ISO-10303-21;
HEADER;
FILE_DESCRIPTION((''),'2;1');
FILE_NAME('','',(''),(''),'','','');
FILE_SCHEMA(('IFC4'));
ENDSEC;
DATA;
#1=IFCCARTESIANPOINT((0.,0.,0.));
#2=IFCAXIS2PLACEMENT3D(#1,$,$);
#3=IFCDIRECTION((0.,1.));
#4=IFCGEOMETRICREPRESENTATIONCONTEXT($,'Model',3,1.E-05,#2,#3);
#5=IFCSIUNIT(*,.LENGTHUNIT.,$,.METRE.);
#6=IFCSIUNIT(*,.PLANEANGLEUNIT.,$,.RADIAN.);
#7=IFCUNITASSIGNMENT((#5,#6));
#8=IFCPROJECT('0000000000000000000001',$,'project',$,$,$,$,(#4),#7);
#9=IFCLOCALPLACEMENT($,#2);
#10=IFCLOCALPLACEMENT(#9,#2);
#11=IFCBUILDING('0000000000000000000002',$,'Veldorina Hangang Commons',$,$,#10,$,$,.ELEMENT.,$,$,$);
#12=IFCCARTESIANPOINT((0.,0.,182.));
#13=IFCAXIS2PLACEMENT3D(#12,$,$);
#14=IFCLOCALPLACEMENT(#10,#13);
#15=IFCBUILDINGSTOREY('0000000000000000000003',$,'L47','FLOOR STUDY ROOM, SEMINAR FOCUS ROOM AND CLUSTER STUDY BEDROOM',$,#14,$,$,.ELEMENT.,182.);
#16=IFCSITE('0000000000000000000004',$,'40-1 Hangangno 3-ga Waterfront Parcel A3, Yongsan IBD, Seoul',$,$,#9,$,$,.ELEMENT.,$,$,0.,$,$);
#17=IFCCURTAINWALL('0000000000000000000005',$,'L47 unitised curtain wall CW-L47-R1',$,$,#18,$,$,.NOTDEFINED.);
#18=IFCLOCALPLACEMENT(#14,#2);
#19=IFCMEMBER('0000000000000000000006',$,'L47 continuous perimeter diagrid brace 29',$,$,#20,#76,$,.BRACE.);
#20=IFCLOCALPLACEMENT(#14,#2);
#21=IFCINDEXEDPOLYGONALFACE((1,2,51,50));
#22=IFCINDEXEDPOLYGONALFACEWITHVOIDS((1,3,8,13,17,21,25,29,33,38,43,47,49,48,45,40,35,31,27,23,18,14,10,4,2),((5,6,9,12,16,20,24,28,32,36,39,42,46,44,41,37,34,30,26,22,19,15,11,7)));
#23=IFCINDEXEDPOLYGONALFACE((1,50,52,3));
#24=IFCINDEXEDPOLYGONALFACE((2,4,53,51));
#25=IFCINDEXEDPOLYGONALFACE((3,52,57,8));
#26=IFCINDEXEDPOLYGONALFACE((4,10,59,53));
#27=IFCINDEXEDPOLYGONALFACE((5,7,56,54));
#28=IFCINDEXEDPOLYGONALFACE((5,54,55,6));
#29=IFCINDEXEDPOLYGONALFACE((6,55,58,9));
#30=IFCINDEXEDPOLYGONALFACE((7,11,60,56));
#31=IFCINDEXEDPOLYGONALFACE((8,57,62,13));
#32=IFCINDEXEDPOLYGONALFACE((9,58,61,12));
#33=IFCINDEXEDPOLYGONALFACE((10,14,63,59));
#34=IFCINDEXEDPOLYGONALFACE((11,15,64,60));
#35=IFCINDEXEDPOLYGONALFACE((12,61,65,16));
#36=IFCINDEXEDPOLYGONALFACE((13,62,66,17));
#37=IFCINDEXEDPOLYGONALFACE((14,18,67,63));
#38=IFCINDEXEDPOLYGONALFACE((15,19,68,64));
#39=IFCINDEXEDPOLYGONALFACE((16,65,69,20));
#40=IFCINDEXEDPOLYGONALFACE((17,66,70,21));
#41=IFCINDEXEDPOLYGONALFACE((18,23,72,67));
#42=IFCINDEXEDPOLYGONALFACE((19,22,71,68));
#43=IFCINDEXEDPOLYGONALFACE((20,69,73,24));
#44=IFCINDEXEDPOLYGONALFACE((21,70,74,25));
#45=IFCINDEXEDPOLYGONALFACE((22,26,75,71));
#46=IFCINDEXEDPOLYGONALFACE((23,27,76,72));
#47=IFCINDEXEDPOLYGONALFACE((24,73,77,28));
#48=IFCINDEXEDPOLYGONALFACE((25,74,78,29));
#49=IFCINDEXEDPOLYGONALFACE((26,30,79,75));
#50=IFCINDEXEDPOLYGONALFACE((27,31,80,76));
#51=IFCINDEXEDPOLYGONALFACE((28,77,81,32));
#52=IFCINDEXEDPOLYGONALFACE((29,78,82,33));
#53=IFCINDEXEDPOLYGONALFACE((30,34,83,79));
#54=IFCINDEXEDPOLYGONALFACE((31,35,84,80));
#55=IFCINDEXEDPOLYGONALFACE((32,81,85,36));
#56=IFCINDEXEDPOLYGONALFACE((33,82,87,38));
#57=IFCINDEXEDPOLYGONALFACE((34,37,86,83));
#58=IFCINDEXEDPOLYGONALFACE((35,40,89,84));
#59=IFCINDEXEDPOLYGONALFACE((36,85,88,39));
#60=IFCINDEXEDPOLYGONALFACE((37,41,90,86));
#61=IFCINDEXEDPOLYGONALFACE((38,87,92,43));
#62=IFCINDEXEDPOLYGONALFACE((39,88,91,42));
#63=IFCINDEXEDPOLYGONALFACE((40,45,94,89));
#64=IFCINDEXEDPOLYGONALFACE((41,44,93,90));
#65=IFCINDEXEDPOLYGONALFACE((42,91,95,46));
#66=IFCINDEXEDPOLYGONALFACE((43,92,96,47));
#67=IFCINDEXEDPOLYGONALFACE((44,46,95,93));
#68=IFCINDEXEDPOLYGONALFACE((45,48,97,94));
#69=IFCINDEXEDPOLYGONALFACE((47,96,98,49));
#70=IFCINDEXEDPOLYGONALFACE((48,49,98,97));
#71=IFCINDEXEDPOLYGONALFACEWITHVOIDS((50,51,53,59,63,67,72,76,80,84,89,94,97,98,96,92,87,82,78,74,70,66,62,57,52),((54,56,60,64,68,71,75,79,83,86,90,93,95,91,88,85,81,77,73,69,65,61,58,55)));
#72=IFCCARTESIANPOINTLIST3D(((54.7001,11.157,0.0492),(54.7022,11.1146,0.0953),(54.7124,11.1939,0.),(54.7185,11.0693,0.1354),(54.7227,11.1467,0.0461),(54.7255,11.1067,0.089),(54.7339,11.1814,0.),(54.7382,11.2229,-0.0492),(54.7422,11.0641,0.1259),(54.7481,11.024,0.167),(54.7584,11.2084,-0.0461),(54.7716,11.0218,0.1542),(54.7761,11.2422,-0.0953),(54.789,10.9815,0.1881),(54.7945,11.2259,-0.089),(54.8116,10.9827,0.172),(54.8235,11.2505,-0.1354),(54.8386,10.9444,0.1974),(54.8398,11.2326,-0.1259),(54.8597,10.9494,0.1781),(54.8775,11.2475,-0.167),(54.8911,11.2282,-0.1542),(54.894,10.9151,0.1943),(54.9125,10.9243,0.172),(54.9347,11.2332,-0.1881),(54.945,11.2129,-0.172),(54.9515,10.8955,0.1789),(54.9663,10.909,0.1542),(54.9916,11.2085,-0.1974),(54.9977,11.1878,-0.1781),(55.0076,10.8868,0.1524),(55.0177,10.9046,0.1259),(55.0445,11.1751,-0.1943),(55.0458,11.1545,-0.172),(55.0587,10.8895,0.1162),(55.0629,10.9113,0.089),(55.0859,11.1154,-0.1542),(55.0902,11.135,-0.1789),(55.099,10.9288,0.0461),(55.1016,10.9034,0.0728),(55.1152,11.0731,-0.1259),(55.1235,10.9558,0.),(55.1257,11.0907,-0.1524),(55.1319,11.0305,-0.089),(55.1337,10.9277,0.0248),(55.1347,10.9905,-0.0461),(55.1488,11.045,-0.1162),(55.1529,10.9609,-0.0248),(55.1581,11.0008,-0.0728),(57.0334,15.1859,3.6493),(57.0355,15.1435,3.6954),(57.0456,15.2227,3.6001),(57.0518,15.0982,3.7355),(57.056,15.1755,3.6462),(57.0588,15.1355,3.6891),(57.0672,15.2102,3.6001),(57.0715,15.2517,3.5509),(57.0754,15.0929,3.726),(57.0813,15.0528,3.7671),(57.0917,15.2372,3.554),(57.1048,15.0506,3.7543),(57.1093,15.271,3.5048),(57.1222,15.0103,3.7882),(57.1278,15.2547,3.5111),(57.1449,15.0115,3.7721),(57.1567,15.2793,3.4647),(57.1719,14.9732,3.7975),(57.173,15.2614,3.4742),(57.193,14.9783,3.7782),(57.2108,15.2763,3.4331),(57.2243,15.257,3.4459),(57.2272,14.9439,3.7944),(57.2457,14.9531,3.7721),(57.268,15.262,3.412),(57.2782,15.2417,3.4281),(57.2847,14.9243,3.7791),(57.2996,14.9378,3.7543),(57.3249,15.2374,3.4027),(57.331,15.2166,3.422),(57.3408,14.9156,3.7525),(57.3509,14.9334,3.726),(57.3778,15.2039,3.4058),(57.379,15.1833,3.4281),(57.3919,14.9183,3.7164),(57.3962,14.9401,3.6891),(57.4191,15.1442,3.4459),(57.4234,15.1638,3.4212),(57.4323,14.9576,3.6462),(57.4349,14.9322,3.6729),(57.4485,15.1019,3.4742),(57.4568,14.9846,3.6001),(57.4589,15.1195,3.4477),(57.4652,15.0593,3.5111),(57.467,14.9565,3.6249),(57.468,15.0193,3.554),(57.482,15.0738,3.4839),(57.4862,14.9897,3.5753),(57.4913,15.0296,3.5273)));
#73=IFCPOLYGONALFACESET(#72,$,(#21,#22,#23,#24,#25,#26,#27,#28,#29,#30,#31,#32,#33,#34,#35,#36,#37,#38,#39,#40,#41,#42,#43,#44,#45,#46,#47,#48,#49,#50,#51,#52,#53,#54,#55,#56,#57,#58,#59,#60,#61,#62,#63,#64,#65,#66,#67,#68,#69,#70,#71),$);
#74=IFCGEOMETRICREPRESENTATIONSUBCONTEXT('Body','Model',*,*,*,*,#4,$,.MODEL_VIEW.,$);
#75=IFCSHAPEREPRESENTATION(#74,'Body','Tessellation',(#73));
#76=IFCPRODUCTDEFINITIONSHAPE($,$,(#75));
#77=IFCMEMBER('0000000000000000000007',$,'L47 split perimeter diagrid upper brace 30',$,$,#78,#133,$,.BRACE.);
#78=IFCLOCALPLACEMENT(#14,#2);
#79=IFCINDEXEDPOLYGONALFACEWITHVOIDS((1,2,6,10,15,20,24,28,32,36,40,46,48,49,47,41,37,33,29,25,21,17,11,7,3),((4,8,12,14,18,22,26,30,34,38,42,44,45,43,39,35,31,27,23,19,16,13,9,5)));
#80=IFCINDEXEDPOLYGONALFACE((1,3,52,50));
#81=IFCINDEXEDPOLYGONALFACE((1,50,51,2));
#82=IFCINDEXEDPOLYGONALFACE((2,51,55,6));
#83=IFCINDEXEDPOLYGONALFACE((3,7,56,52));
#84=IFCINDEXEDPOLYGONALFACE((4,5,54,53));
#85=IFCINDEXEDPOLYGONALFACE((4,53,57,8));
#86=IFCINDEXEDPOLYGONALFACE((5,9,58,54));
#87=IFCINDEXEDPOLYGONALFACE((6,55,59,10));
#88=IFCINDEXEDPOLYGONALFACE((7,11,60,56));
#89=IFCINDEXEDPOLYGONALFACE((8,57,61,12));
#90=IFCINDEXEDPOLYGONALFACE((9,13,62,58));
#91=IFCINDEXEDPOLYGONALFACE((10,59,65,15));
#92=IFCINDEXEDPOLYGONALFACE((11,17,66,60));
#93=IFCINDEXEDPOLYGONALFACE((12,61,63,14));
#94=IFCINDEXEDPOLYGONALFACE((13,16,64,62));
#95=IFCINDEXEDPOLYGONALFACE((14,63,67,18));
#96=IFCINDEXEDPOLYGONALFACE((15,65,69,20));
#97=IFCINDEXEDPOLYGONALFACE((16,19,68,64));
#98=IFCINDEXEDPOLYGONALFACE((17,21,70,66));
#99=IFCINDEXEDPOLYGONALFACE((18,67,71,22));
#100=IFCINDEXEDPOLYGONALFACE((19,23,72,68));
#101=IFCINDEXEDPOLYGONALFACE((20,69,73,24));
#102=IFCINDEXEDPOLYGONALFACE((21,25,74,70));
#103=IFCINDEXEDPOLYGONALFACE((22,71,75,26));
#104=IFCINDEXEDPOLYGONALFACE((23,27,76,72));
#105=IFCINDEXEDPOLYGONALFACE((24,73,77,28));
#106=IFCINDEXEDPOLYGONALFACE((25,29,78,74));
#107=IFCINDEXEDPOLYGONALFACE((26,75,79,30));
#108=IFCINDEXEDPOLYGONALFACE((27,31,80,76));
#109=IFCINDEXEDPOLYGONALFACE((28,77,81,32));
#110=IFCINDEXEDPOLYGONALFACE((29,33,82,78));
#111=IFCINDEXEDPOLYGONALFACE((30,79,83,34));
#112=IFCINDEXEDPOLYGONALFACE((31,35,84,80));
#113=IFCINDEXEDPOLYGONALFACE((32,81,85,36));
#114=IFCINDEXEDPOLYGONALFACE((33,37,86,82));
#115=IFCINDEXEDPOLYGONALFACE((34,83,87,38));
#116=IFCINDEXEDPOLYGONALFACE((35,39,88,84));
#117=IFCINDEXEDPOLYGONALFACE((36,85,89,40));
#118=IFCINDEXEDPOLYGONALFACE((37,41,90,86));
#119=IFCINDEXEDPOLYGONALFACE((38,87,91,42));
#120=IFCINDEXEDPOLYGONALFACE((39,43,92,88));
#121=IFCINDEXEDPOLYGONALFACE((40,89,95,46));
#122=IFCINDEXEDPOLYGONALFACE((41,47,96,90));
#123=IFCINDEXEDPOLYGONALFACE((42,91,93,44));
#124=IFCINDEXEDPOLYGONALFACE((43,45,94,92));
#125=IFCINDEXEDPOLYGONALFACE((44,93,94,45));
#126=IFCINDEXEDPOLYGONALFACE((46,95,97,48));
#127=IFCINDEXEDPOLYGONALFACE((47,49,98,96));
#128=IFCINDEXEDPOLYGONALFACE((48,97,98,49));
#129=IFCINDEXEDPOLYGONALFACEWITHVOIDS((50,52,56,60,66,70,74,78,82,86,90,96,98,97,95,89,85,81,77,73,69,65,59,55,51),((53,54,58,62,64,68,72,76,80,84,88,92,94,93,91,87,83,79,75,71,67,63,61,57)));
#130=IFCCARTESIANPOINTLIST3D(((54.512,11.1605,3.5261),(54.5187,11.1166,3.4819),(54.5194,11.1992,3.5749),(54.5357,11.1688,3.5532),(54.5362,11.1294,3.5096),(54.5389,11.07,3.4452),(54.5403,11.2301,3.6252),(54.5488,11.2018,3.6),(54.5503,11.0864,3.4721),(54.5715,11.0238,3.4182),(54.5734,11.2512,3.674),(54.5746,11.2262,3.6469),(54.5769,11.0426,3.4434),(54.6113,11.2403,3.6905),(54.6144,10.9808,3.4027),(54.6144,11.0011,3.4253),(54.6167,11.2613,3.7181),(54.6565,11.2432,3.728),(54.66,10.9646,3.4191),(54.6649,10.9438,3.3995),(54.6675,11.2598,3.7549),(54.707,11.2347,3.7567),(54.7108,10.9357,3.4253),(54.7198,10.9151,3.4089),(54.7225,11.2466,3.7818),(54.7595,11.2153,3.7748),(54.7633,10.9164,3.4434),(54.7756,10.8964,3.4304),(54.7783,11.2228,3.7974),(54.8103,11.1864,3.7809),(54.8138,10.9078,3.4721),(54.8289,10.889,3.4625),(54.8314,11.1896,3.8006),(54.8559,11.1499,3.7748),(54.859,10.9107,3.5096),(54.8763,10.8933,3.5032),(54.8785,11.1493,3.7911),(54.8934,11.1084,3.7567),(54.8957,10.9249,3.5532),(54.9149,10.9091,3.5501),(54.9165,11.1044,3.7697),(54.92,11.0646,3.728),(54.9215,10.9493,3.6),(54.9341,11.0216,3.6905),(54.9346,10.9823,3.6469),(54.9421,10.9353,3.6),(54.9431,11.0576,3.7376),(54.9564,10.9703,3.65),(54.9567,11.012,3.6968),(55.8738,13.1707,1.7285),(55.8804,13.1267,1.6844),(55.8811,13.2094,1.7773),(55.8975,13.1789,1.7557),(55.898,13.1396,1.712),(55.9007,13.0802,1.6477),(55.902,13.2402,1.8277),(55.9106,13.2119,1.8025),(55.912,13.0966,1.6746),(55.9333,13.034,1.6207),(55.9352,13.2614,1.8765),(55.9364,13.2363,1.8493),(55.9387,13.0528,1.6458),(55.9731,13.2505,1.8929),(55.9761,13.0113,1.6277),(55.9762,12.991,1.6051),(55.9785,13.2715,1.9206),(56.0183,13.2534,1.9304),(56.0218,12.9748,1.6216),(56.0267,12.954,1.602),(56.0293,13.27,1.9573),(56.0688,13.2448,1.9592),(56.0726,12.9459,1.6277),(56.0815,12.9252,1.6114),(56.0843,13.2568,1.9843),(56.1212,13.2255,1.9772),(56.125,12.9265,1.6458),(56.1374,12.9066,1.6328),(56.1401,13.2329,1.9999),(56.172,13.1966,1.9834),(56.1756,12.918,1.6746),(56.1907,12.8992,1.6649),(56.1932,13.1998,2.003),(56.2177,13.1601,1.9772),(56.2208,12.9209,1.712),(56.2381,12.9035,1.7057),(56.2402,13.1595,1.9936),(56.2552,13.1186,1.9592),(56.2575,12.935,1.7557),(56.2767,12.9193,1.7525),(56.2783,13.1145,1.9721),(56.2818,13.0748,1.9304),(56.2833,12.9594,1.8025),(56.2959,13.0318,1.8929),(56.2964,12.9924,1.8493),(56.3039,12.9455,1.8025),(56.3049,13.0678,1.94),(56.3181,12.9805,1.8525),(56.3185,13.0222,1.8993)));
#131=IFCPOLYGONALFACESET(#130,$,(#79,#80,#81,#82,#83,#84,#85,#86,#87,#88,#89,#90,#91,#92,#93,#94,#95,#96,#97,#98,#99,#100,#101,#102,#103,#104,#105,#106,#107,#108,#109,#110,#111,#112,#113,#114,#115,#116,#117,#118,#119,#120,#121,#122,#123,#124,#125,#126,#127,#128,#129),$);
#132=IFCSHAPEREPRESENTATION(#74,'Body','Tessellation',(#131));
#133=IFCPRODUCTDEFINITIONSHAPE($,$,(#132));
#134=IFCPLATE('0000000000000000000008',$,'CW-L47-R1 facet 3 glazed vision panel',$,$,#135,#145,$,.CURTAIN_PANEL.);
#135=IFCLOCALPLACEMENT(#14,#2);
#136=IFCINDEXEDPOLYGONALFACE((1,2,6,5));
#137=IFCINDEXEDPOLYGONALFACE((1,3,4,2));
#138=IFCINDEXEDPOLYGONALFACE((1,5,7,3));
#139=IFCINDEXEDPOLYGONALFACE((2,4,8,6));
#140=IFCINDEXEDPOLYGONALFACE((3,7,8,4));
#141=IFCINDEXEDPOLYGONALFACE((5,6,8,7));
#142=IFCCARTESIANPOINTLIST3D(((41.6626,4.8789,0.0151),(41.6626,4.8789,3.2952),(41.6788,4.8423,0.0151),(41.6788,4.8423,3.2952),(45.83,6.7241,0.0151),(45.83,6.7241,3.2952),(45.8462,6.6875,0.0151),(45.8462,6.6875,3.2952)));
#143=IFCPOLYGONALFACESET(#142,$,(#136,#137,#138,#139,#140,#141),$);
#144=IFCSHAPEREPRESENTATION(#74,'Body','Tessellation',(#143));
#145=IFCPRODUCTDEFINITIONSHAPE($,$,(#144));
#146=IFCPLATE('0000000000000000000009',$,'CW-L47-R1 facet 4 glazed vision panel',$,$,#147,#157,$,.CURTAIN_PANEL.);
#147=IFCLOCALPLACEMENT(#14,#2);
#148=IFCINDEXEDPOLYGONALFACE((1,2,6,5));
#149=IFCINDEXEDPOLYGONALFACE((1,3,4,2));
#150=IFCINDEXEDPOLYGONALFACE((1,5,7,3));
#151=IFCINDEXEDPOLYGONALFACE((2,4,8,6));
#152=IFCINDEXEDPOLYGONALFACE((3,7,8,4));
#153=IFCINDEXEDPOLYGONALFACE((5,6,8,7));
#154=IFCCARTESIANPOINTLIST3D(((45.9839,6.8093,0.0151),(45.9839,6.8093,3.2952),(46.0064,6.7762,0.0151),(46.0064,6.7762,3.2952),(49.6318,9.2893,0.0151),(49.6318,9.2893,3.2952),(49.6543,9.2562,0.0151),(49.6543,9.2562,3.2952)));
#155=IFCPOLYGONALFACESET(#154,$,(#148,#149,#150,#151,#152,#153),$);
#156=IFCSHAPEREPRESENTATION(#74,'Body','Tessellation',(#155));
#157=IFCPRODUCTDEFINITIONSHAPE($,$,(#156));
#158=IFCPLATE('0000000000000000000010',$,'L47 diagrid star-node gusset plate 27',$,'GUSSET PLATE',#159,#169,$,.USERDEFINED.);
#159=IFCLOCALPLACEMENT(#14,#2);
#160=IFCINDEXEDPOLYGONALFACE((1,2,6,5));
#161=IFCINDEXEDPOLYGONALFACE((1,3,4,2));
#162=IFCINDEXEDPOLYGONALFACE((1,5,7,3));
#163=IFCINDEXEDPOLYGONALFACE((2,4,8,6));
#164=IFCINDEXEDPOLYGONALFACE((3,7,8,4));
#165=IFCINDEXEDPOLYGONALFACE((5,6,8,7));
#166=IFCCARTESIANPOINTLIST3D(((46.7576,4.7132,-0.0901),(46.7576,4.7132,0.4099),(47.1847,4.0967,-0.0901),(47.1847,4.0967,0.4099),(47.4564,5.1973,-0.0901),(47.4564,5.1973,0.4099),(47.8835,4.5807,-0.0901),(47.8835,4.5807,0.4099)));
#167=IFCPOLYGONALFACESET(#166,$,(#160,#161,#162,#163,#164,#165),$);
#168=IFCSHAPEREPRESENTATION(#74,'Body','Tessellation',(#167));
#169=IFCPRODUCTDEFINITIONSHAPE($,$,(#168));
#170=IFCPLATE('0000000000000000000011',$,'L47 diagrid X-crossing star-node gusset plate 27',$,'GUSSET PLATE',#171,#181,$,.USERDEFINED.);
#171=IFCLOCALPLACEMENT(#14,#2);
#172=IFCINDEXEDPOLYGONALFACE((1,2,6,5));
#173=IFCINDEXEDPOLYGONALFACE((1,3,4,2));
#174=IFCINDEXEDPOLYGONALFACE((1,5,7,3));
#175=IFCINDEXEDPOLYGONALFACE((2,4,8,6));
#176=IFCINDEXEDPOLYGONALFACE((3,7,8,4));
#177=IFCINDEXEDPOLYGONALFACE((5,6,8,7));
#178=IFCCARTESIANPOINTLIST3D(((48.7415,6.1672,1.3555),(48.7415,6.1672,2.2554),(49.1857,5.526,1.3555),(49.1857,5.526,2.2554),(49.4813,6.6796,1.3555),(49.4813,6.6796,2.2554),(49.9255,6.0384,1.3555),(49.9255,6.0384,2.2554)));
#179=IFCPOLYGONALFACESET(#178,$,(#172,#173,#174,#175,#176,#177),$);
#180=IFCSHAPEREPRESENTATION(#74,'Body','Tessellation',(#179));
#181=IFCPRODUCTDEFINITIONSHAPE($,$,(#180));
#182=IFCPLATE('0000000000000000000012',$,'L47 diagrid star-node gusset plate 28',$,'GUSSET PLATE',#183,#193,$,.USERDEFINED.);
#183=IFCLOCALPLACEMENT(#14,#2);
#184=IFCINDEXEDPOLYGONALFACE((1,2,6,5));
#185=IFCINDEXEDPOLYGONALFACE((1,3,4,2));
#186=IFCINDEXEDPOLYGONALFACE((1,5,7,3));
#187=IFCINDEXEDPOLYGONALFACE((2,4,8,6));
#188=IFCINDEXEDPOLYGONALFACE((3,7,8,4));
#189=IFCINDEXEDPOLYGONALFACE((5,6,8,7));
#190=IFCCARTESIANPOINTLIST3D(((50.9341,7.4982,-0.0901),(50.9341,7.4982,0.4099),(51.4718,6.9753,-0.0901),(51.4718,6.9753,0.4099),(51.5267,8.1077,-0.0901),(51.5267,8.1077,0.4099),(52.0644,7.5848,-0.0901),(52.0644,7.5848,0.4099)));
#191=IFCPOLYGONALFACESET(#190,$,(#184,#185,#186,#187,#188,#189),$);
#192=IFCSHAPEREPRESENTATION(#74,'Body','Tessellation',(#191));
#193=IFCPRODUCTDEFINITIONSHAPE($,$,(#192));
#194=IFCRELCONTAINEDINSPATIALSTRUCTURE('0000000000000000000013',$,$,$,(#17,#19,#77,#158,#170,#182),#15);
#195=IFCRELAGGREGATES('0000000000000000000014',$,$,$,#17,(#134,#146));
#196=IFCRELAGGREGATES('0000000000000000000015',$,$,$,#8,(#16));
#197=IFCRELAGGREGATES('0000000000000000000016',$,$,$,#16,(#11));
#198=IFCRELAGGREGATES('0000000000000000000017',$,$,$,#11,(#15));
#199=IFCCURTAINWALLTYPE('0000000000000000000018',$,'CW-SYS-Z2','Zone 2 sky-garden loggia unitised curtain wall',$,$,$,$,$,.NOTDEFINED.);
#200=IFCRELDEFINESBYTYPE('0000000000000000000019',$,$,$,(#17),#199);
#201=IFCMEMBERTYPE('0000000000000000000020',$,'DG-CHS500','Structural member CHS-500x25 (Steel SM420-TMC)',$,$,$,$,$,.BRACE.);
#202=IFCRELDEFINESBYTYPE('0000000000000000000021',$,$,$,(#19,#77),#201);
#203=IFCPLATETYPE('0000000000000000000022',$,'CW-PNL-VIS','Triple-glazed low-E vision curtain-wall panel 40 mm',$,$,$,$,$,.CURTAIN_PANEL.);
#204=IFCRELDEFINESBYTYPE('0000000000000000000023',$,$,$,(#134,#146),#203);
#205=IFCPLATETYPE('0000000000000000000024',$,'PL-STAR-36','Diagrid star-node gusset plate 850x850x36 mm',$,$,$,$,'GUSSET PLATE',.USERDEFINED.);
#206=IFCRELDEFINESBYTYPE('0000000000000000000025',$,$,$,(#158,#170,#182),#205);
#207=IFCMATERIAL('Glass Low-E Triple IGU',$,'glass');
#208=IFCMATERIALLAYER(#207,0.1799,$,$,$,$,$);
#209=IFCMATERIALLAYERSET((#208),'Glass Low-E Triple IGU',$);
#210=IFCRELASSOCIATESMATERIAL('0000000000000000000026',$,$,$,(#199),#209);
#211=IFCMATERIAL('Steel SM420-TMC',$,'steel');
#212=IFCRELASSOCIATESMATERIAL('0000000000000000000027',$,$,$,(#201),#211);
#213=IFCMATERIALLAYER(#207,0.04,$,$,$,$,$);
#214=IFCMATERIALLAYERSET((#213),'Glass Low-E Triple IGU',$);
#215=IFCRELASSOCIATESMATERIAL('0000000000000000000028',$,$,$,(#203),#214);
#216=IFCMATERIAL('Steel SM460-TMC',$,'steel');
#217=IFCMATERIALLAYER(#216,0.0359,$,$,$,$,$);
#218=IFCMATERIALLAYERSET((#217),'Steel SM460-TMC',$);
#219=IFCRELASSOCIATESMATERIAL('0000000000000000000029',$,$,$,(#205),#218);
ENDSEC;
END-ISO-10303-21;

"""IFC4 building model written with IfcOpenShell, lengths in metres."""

from ifc_helpers import new_model, si_unit, direction, frame, origin, origin_2d, place, context, subcontext, project, spatial, rectangle, hollow_circle, extrude, material, layer, layer_set, material_profile, profile_set, type_object, element, aggregate, save


model = new_model("IFC4")

# Units and contexts
model_context = context("Model", 3, precision=1e-05, world=origin(), true_north=direction((0.0, 1.0)))
body_context = subcontext(model_context, "Body", "Model", "MODEL_VIEW")
ifc_project = project(units=[si_unit("LENGTHUNIT", "METRE"), si_unit("PLANEANGLEUNIT", "RADIAN")], contexts=[model_context])

# Site, building, storey
site_placement = place(None, origin())
site = spatial("IfcSite", under=ifc_project, at=site_placement, Name="40-1 Hangangno 3-ga Waterfront Parcel A3, Yongsan IBD, Seoul", CompositionType="ELEMENT", RefElevation=0.0)
building_placement = place(site_placement, origin())
building = spatial("IfcBuilding", under=site, at=building_placement, Name="Veldorina Hangang Commons", CompositionType="ELEMENT")
storey_placement = place(building_placement, frame((0.0, 0.0, 182.0)))
storey = spatial("IfcBuildingStorey", under=building, at=storey_placement, Name="L47", Description="FLOOR STUDY ROOM, SEMINAR FOCUS ROOM AND CLUSTER STUDY BEDROOM", CompositionType="ELEMENT", Elevation=182.0)

# Shared definitions
ifc_material_1 = material(Name="Steel SM420-TMC", Category="steel")

# Curtain wall
ifc_material_2 = material(Name="Glass Low-E Triple IGU", Category="glass")
ifc_layer_1 = layer(ifc_material_2, 0.1799)
ifc_layer_set_1 = layer_set([ifc_layer_1], Name="Glass Low-E Triple IGU")
curtain_wall_type = type_object("IfcCurtainWallType", Name="CW-SYS-Z2", Description="Zone 2 sky-garden loggia unitised curtain wall", PredefinedType="NOTDEFINED", material=ifc_layer_set_1)
curtain_wall_1_placement = place(storey_placement, origin())
curtain_wall_1 = element("IfcCurtainWall", 1, at=curtain_wall_1_placement, inside=storey, type_object=curtain_wall_type, Name="L47 unitised curtain wall CW-L47-R1", PredefinedType="NOTDEFINED")

# Members
ifc_material_profile_1 = material_profile(ifc_material_1, hollow_circle(Radius=0.25, WallThickness=0.0249, at=origin_2d()), Name="CHS-500x25")
ifc_profile_set_1 = profile_set([ifc_material_profile_1], Name="Steel SM420-TMC")
member_type_1 = type_object("IfcMemberType", Name="DG-CHS500", Description="Structural member CHS-500x25 (Steel SM420-TMC)", PredefinedType="BRACE", material=ifc_profile_set_1)
member_1_placement = place(storey_placement, frame((54.9287, 11.0686, 0.0), z_axis=(0.396458, 0.684561, 0.611716), x_axis=(-0.865353, 0.501162, 0.0)))
element("IfcMember", 2, at=member_1_placement, inside=storey, type_object=member_type_1, Name="L47 continuous perimeter diagrid brace 29", PredefinedType="BRACE", context=body_context, shape_type="SweptSolid", body=[
    extrude(hollow_circle(Radius=0.25, WallThickness=0.0249, at=origin_2d()), origin(), (0.0, 0.0, 1.0), 5.8853),
])
member_2_placement = place(storey_placement, frame((56.0969, 13.0857, 1.8025), z_axis=(-0.450768, -0.665404, 0.595017), x_axis=(0.827913, -0.560857, 0.0)))
element("IfcMember", 3, at=member_2_placement, inside=storey, type_object=member_type_1, Name="L47 split perimeter diagrid upper brace 30", PredefinedType="BRACE", context=body_context, shape_type="SweptSolid", body=[
    extrude(hollow_circle(Radius=0.25, WallThickness=0.0249, at=origin_2d()), origin(), (0.0, 0.0, 1.0), 3.021),
])

# Plates
ifc_layer_2 = layer(ifc_material_2, 0.04)
ifc_layer_set_2 = layer_set([ifc_layer_2], Name="Glass Low-E Triple IGU")
plate_type_1 = type_object("IfcPlateType", Name="CW-PNL-VIS", Description="Triple-glazed low-E vision curtain-wall panel 40 mm", PredefinedType="CURTAIN_PANEL", material=ifc_layer_set_2)
plate_1_placement = place(storey_placement, frame((43.7544, 5.7832, 0.0151), z_axis=(0.0, 0.0, 1.0), x_axis=(0.914374, 0.40487, 0.0)))
plate_1 = element("IfcPlate", 4, at=plate_1_placement, type_object=plate_type_1, Name="CW-L47-R1 facet 3 glazed vision panel", PredefinedType="CURTAIN_PANEL", context=body_context, shape_type="SweptSolid", body=[
    extrude(rectangle(XDim=4.5576, YDim=0.04, at=origin_2d()), origin(), (0.0, 0.0, 1.0), 3.28),
])
plate_2_placement = place(storey_placement, frame((47.8191, 8.0327, 0.0151), z_axis=(0.0, 0.0, 1.0), x_axis=(0.826992, 0.562213, 0.0)))
plate_2 = element("IfcPlate", 5, at=plate_2_placement, type_object=plate_type_1, Name="CW-L47-R1 facet 4 glazed vision panel", PredefinedType="CURTAIN_PANEL", context=body_context, shape_type="SweptSolid", body=[
    extrude(rectangle(XDim=4.4111, YDim=0.04, at=origin_2d()), origin(), (0.0, 0.0, 1.0), 3.28),
])
aggregate(curtain_wall_1, [plate_1, plate_2])

# Plates
ifc_material_3 = material(Name="Steel SM460-TMC", Category="steel")
ifc_layer_3 = layer(ifc_material_3, 0.0359)
ifc_layer_set_3 = layer_set([ifc_layer_3], Name="Steel SM460-TMC")
plate_type_2 = type_object("IfcPlateType", Name="PL-STAR-36", Description="Diagrid star-node gusset plate 850x850x36 mm", ElementType="GUSSET PLATE", PredefinedType="USERDEFINED", material=ifc_layer_set_3)
plate_3_placement = place(storey_placement, frame((47.3206, 4.647, -0.0901), z_axis=(0.0, 0.0, 1.0), x_axis=(0.822045, 0.569423, 0.0)))
element("IfcPlate", 6, at=plate_3_placement, inside=storey, type_object=plate_type_2, Name="L47 diagrid star-node gusset plate 27", ObjectType="GUSSET PLATE", PredefinedType="USERDEFINED", context=body_context, shape_type="SweptSolid", body=[
    extrude(rectangle(XDim=0.8501, YDim=0.75, at=origin_2d()), origin(), (0.0, 0.0, 1.0), 0.5),
])
plate_4_placement = place(storey_placement, frame((49.3335, 6.1028, 1.3555), z_axis=(0.0, 0.0, 1.0), x_axis=(0.822045, 0.569423, 0.0)))
element("IfcPlate", 7, at=plate_4_placement, inside=storey, type_object=plate_type_2, Name="L47 diagrid X-crossing star-node gusset plate 27", ObjectType="GUSSET PLATE", PredefinedType="USERDEFINED", context=body_context, shape_type="SweptSolid", body=[
    extrude(rectangle(XDim=0.8999, YDim=0.78, at=origin_2d()), origin(), (0.0, 0.0, 1.0), 0.8999),
])
for number, where, z_axis, x_axis, name in (
    (8, (51.4993, 7.5415, -0.0901), (0.0, 0.0, 1.0), (0.697103, 0.716971, 0.0), "L47 diagrid star-node gusset plate 28"),
):
    element("IfcPlate", number, at=place(storey_placement, frame(where, z_axis=z_axis, x_axis=x_axis)), inside=storey, type_object=plate_type_2, Name=name, ObjectType="GUSSET PLATE", PredefinedType="USERDEFINED", context=body_context, shape_type="SweptSolid", body=[
        extrude(rectangle(XDim=0.8501, YDim=0.75, at=origin_2d()), origin(), (0.0, 0.0, 1.0), 0.5),
    ])

save(model, "model.ifc")
